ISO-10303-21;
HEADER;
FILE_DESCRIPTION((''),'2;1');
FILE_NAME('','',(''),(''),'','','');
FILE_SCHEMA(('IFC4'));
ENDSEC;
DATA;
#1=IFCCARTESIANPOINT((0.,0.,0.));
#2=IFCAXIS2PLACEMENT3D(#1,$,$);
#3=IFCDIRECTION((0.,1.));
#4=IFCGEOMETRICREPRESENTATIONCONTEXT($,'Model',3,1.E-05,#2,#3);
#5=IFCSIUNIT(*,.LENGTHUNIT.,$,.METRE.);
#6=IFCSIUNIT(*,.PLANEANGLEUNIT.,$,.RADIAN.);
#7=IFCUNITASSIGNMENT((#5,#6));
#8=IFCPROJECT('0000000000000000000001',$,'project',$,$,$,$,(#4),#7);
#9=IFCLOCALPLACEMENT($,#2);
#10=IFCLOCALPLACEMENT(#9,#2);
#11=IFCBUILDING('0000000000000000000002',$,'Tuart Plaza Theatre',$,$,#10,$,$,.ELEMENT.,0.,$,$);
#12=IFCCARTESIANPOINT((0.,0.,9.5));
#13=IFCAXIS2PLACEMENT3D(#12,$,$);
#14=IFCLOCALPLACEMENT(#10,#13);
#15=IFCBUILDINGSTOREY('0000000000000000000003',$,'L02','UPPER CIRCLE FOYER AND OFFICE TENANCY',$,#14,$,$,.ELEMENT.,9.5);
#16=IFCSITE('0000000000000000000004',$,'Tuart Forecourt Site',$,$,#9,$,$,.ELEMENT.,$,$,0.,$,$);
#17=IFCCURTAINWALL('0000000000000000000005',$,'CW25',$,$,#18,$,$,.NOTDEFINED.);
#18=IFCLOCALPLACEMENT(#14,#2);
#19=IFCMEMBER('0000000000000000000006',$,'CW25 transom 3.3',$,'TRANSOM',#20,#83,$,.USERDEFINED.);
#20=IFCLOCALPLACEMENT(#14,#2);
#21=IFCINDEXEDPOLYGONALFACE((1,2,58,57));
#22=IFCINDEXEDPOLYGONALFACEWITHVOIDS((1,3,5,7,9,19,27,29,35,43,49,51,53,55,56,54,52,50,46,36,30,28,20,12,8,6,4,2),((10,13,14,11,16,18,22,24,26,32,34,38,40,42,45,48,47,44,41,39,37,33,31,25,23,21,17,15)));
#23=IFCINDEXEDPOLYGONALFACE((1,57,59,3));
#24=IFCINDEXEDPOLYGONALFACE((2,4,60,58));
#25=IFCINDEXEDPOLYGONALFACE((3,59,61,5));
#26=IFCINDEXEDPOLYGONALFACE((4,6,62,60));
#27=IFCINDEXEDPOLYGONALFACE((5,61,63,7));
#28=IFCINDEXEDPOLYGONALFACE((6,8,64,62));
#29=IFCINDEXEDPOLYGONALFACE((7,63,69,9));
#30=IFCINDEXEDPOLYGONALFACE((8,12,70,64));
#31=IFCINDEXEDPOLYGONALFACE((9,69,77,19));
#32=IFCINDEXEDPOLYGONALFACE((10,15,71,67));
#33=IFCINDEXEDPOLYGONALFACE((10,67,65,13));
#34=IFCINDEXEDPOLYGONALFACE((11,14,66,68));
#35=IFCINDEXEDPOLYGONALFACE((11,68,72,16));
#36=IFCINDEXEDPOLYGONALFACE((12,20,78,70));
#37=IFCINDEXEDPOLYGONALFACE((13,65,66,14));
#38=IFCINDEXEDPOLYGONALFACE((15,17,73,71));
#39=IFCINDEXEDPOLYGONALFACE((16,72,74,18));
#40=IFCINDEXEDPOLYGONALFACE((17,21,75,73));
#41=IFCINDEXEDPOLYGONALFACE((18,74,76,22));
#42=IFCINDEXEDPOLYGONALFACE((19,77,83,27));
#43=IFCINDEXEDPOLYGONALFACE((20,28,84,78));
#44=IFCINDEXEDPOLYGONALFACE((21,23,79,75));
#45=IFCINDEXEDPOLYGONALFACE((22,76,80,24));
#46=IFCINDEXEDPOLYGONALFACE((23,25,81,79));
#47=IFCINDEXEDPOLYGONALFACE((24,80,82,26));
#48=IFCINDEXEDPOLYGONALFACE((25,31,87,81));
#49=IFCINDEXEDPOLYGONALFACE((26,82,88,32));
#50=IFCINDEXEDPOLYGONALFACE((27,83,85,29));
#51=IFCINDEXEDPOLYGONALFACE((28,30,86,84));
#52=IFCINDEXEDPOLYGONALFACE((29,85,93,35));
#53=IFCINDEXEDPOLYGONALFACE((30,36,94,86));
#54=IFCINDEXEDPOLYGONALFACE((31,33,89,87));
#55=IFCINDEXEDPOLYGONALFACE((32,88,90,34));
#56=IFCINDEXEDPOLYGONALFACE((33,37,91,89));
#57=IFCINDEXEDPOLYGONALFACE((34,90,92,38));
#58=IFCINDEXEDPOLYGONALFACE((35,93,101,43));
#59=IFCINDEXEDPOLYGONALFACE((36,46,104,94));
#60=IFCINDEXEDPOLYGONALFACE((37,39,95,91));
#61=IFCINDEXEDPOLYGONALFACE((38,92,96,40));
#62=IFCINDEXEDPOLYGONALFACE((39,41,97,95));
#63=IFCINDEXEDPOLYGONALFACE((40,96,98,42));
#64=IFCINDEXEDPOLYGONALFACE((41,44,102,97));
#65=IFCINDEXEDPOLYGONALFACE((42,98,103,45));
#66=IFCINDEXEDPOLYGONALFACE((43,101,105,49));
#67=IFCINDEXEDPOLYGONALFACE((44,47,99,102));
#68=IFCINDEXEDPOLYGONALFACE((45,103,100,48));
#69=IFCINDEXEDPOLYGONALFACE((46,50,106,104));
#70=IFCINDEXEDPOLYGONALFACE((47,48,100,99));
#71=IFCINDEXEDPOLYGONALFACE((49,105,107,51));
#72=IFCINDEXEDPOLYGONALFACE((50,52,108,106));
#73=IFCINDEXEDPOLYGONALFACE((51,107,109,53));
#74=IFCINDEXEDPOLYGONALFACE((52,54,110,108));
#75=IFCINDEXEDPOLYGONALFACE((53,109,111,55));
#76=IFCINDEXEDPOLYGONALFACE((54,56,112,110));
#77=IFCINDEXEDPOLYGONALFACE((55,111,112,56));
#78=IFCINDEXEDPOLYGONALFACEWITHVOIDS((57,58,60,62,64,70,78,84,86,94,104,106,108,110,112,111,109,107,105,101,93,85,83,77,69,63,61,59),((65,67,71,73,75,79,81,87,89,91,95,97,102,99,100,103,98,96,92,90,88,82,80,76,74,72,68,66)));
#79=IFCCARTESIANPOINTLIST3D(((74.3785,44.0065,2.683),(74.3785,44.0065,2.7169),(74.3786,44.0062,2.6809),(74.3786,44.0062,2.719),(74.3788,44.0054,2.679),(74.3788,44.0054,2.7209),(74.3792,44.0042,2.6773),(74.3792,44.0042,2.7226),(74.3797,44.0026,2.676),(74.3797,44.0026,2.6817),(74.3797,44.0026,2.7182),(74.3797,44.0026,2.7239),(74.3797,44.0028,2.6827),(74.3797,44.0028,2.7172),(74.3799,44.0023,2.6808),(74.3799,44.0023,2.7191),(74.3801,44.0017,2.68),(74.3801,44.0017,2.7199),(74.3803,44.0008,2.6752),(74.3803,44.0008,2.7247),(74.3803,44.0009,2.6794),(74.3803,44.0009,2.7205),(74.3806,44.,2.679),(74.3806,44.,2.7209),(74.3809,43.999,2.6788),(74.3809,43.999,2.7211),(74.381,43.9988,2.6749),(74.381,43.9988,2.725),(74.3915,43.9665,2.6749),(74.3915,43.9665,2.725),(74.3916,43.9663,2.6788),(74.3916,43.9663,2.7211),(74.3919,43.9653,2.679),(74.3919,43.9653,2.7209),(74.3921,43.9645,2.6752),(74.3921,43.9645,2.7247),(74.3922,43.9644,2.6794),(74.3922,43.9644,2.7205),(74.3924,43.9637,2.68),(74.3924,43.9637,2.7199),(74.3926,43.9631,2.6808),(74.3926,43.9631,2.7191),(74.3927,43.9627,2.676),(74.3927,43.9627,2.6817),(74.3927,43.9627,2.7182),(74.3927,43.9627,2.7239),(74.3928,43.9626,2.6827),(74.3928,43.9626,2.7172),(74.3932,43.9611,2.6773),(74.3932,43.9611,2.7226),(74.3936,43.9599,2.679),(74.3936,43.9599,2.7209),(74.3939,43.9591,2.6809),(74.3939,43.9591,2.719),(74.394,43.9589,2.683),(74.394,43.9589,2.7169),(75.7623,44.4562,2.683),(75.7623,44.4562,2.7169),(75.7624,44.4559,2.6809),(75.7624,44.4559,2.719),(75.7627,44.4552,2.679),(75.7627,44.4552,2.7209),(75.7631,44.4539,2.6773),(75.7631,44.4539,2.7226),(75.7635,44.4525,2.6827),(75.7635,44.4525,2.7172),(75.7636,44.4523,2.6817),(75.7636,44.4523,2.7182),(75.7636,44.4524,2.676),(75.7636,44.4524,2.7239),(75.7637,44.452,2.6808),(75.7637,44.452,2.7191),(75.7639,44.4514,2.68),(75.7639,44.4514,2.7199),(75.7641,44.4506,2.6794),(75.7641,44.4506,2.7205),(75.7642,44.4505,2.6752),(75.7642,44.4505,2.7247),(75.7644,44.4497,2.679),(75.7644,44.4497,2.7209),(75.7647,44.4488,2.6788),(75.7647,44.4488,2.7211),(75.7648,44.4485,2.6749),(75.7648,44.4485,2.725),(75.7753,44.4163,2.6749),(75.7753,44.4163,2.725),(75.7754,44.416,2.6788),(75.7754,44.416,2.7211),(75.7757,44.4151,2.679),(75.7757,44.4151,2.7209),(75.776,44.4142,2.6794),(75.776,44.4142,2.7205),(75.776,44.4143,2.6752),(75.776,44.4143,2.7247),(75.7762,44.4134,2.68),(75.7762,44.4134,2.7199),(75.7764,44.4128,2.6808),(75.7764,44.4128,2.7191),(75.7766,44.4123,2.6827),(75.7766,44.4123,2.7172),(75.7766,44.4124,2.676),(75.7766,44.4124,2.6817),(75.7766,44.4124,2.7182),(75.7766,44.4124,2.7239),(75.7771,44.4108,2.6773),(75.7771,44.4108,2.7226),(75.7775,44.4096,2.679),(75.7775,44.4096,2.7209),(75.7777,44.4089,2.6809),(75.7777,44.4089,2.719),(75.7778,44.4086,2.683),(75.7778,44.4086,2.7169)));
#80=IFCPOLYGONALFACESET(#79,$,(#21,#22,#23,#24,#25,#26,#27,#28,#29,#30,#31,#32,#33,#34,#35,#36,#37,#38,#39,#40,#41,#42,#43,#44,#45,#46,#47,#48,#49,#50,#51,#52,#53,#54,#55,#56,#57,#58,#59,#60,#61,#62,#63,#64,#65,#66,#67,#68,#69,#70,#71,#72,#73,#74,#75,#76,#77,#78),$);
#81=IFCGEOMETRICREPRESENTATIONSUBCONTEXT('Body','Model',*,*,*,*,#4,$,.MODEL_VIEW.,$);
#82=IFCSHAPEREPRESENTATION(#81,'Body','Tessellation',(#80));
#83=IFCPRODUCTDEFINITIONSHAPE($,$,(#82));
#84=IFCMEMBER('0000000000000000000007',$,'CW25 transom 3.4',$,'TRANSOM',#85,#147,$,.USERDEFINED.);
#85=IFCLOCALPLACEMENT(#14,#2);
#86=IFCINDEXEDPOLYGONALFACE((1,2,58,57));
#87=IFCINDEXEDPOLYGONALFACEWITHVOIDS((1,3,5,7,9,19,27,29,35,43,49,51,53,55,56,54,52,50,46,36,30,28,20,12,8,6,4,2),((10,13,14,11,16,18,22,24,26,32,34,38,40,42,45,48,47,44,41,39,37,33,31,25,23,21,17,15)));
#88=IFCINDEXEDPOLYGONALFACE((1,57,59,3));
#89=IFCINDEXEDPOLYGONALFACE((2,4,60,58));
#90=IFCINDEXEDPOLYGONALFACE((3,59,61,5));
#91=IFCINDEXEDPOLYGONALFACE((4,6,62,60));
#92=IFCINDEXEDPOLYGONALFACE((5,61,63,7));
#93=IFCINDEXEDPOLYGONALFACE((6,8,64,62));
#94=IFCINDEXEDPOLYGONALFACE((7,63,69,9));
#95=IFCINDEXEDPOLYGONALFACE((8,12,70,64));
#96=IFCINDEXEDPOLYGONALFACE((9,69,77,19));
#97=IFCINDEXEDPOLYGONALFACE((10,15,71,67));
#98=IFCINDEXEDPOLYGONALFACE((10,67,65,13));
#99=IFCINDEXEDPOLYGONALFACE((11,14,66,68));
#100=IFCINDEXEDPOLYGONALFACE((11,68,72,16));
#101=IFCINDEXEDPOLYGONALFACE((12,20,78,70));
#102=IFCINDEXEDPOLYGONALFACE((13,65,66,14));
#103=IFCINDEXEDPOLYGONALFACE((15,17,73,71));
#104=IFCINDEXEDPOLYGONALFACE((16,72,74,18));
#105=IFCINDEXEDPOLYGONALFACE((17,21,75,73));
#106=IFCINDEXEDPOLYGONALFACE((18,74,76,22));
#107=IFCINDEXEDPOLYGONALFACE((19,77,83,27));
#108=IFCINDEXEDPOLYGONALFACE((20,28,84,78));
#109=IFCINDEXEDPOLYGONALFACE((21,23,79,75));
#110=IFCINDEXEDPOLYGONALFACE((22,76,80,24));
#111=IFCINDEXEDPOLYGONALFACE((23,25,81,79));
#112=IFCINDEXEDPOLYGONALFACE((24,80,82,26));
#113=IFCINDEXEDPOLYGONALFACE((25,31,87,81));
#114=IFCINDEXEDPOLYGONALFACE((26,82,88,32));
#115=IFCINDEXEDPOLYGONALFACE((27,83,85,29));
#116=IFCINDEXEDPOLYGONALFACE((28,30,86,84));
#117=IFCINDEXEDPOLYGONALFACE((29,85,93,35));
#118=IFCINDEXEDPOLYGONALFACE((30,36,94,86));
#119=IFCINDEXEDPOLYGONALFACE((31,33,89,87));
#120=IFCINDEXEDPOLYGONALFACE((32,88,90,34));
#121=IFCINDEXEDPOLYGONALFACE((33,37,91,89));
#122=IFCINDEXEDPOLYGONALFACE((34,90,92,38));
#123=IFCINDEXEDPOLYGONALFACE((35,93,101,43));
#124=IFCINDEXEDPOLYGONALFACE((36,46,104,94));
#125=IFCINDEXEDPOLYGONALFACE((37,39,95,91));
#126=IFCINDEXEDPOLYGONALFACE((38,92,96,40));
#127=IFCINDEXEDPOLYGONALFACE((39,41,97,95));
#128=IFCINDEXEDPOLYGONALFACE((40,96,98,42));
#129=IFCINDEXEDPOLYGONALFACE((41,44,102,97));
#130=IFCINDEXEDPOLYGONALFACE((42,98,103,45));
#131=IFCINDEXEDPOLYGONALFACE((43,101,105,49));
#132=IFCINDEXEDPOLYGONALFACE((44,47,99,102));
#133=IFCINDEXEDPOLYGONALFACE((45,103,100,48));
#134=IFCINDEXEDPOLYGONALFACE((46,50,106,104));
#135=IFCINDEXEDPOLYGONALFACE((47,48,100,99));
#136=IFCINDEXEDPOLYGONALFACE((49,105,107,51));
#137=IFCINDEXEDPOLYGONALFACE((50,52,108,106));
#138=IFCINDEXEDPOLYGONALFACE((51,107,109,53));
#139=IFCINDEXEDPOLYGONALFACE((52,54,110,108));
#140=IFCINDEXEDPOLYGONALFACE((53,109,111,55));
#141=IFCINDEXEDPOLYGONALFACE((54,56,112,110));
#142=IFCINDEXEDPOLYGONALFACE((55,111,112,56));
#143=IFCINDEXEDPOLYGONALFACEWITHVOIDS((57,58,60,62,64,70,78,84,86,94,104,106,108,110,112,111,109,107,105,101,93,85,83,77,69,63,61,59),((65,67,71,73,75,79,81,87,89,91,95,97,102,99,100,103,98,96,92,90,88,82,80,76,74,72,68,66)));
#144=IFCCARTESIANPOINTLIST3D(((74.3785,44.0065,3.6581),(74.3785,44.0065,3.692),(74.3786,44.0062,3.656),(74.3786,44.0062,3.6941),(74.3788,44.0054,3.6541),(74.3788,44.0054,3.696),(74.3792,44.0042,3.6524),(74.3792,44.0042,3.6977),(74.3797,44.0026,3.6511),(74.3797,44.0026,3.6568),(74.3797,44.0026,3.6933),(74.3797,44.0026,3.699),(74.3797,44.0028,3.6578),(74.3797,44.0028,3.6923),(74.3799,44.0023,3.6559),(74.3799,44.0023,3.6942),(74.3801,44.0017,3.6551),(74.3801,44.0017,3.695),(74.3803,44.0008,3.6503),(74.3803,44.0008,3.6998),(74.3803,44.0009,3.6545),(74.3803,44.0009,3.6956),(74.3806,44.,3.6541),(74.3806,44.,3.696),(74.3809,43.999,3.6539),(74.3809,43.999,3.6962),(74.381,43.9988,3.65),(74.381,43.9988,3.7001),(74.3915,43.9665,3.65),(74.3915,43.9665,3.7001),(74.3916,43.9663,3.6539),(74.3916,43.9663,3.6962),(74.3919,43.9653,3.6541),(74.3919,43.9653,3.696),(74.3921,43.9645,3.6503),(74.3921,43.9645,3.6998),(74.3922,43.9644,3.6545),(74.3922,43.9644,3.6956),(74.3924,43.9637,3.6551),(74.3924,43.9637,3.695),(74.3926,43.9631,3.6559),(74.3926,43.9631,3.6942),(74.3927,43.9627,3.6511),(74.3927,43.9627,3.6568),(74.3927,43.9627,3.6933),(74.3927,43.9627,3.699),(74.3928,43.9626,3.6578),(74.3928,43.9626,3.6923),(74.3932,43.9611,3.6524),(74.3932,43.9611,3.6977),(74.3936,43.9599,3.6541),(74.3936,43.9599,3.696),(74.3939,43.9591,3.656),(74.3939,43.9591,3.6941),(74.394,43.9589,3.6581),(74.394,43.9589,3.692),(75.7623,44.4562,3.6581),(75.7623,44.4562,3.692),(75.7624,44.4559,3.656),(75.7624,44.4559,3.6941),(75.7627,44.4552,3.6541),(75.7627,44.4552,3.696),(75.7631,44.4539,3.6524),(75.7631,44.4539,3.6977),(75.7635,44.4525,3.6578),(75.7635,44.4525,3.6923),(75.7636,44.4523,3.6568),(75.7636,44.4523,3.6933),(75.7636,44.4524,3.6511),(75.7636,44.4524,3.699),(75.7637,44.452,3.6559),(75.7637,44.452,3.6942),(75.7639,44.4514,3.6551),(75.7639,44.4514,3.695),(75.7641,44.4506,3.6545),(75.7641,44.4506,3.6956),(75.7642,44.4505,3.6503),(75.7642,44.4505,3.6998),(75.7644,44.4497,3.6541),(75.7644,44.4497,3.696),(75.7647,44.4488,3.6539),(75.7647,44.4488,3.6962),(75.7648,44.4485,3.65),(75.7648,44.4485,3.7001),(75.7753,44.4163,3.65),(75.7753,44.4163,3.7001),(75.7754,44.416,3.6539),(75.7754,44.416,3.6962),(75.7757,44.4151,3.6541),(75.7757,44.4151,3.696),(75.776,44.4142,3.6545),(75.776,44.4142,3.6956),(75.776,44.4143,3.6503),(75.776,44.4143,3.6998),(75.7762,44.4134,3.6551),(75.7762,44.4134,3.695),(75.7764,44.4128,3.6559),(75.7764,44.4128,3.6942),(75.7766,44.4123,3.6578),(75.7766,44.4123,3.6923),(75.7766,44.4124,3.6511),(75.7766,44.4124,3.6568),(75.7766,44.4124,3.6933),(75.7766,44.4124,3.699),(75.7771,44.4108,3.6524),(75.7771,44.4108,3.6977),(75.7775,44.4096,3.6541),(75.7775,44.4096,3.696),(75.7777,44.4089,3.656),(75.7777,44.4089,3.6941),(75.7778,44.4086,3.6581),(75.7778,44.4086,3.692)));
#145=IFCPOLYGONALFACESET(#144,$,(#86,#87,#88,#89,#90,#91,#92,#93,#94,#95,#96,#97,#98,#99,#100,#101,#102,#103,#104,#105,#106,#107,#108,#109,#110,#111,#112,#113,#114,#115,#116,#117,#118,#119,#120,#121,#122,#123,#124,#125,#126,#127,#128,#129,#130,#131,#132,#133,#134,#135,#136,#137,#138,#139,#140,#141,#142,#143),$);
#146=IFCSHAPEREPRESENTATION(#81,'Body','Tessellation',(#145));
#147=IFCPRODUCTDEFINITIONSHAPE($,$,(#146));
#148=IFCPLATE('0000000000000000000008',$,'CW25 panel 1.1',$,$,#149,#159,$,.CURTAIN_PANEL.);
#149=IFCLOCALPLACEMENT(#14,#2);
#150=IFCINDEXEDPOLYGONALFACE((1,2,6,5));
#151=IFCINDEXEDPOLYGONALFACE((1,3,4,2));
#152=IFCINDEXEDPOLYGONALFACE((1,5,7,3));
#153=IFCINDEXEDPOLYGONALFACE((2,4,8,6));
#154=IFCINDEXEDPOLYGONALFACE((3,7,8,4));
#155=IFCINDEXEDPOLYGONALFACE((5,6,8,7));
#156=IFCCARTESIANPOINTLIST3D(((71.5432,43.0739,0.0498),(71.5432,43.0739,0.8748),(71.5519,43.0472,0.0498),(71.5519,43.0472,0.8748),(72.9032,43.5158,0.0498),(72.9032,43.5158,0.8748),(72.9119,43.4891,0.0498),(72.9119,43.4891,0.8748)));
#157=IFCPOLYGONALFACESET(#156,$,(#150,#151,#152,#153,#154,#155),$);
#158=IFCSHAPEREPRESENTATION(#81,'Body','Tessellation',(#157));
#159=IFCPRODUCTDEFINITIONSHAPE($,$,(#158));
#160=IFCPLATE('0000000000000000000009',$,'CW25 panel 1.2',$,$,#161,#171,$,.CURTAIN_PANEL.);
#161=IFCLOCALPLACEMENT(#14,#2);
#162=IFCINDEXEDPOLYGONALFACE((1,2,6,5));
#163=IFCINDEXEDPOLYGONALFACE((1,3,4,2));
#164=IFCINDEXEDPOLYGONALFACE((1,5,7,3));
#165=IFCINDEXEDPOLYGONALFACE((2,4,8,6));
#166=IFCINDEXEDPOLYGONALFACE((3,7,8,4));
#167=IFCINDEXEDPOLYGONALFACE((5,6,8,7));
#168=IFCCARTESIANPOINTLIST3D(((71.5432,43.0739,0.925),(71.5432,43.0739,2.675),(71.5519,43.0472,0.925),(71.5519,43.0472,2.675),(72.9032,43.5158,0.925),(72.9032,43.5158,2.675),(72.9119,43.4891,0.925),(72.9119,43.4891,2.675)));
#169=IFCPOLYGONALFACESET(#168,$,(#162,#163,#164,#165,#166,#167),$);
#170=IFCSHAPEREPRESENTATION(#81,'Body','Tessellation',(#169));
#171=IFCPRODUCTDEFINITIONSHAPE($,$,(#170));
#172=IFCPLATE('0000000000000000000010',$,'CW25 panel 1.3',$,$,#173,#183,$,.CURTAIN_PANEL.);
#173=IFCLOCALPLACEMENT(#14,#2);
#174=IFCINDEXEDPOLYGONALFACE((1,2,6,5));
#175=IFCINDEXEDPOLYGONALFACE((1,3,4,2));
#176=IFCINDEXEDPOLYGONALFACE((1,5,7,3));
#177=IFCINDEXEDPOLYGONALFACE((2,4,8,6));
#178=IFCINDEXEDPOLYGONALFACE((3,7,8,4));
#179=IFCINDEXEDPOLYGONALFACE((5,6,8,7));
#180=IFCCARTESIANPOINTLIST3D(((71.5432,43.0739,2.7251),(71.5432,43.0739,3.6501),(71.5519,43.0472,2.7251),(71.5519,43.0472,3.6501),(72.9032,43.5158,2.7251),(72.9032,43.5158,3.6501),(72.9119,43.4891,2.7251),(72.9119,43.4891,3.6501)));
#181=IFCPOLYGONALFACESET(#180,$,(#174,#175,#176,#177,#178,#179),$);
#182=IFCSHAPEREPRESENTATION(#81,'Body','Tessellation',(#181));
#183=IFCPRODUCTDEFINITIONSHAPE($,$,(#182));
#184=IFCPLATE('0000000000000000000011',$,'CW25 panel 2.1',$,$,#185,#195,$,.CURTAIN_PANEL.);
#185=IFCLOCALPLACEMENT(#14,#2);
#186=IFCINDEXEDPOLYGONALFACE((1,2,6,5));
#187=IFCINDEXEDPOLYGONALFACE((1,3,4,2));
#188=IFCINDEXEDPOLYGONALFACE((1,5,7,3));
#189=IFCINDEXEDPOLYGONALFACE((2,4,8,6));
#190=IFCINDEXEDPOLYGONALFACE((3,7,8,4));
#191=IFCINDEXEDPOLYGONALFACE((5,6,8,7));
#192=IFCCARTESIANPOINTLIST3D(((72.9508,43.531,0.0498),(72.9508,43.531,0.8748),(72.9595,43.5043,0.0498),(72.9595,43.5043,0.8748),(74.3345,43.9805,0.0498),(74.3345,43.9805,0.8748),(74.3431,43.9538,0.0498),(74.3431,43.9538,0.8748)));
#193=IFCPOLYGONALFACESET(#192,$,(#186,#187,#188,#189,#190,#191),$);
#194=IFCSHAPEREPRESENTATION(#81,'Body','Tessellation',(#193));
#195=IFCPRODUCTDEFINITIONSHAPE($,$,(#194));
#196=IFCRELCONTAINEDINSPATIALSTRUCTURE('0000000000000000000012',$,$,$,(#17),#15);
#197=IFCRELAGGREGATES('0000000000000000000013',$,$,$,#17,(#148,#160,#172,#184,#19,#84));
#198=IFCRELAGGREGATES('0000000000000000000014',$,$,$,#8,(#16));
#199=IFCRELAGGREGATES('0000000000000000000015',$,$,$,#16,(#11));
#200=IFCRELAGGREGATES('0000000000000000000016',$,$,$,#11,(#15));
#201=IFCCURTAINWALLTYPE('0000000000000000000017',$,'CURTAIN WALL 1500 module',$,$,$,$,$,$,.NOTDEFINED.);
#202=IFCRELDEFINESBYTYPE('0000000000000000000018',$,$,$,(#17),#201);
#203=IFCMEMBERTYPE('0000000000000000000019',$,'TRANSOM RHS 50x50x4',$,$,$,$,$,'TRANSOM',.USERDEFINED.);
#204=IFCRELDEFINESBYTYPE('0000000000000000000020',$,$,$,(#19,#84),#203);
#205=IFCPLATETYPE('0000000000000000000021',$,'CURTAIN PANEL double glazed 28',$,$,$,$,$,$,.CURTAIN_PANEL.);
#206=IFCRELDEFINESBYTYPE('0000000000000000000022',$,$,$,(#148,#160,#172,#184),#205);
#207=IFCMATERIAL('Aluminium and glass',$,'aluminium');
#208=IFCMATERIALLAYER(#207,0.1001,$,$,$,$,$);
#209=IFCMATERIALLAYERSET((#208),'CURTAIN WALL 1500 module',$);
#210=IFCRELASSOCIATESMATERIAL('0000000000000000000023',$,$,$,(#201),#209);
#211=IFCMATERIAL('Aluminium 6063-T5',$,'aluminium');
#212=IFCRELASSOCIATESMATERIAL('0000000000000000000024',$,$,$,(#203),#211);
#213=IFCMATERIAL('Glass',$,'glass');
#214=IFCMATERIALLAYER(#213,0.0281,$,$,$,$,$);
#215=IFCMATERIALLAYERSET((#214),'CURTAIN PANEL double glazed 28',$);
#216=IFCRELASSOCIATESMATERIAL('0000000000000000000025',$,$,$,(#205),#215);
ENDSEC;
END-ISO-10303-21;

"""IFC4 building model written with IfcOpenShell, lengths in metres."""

from ifc_helpers import new_model, si_unit, direction, frame, origin, origin_2d, place, context, subcontext, project, spatial, rectangle, hollow_rectangle, extrude, material, layer, layer_set, material_profile, profile_set, type_object, element, aggregate, save


model = new_model("IFC4")

# Units and contexts
model_context = context("Model", 3, precision=1e-05, world=origin(), true_north=direction((0.0, 1.0)))
body_context = subcontext(model_context, "Body", "Model", "MODEL_VIEW")
ifc_project = project(units=[si_unit("LENGTHUNIT", "METRE"), si_unit("PLANEANGLEUNIT", "RADIAN")], contexts=[model_context])

# Site, building, storey
site_placement = place(None, origin())
site = spatial("IfcSite", under=ifc_project, at=site_placement, Name="Tuart Forecourt Site", CompositionType="ELEMENT", RefElevation=0.0)
building_placement = place(site_placement, origin())
building = spatial("IfcBuilding", under=site, at=building_placement, Name="Tuart Plaza Theatre", CompositionType="ELEMENT", ElevationOfRefHeight=0.0)
storey_placement = place(building_placement, frame((0.0, 0.0, 9.5)))
storey = spatial("IfcBuildingStorey", under=building, at=storey_placement, Name="L02", Description="UPPER CIRCLE FOYER AND OFFICE TENANCY", CompositionType="ELEMENT", Elevation=9.5)

# Curtain wall, members, plates
ifc_material_1 = material(Name="Aluminium and glass", Category="aluminium")
ifc_layer_1 = layer(ifc_material_1, 0.1001)
ifc_layer_set_1 = layer_set([ifc_layer_1], Name="CURTAIN WALL 1500 module")
curtain_wall_type = type_object("IfcCurtainWallType", Name="CURTAIN WALL 1500 module", PredefinedType="NOTDEFINED", material=ifc_layer_set_1)
curtain_wall_placement = place(storey_placement, origin())
curtain_wall = element("IfcCurtainWall", 1, at=curtain_wall_placement, inside=storey, type_object=curtain_wall_type, Name="CW25", PredefinedType="NOTDEFINED")
ifc_material_2 = material(Name="Aluminium 6063-T5", Category="aluminium")
ifc_material_profile_1 = material_profile(ifc_material_2, hollow_rectangle(XDim=0.05, YDim=0.05, WallThickness=0.0039, InnerFilletRadius=0.0039, OuterFilletRadius=0.0081, at=origin_2d()), Name="RHS 50x50x4")
ifc_profile_set_1 = profile_set([ifc_material_profile_1], Name="Aluminium 6063-T5")
member_type_1 = type_object("IfcMemberType", Name="TRANSOM RHS 50x50x4", ElementType="TRANSOM", PredefinedType="USERDEFINED", material=ifc_profile_set_1)
member_1_placement = place(storey_placement, frame((74.3862, 43.9827, 2.7), z_axis=(0.951039, 0.309071, 0.0), x_axis=(-0.309071, 0.951039, 0.0)))
member_1 = element("IfcMember", 2, at=member_1_placement, type_object=member_type_1, Name="CW25 transom 3.3", ObjectType="TRANSOM", PredefinedType="USERDEFINED", context=body_context, shape_type="SweptSolid", body=[
    extrude(hollow_rectangle(XDim=0.05, YDim=0.05, WallThickness=0.0039, InnerFilletRadius=0.0039, OuterFilletRadius=0.0081, at=origin_2d()), origin(), (0.0, 0.0, 1.0), 1.4551),
])
member_2_placement = place(storey_placement, frame((74.3862, 43.9827, 3.675), z_axis=(0.951039, 0.309071, 0.0), x_axis=(-0.309071, 0.951039, 0.0)))
member_2 = element("IfcMember", 3, at=member_2_placement, type_object=member_type_1, Name="CW25 transom 3.4", ObjectType="TRANSOM", PredefinedType="USERDEFINED", context=body_context, shape_type="SweptSolid", body=[
    extrude(hollow_rectangle(XDim=0.05, YDim=0.05, WallThickness=0.0039, InnerFilletRadius=0.0039, OuterFilletRadius=0.0081, at=origin_2d()), origin(), (0.0, 0.0, 1.0), 1.4551),
])
ifc_material_3 = material(Name="Glass", Category="glass")
ifc_layer_2 = layer(ifc_material_3, 0.0281)
ifc_layer_set_2 = layer_set([ifc_layer_2], Name="CURTAIN PANEL double glazed 28")
plate_type = type_object("IfcPlateType", Name="CURTAIN PANEL double glazed 28", PredefinedType="CURTAIN_PANEL", material=ifc_layer_set_2)
plate_1_placement = place(storey_placement, frame((72.2275, 43.2815, 0.0498), z_axis=(0.0, 0.0, 1.0), x_axis=(0.951067, 0.308986, 0.0)))
plate_1 = element("IfcPlate", 4, at=plate_1_placement, type_object=plate_type, Name="CW25 panel 1.1", PredefinedType="CURTAIN_PANEL", context=body_context, shape_type="SweptSolid", body=[
    extrude(rectangle(XDim=1.4299, YDim=0.0281, at=origin_2d()), origin(), (0.0, 0.0, 1.0), 0.825),
])
plate_2_placement = place(storey_placement, frame((72.2275, 43.2815, 0.925), z_axis=(0.0, 0.0, 1.0), x_axis=(0.951067, 0.308986, 0.0)))
plate_2 = element("IfcPlate", 5, at=plate_2_placement, type_object=plate_type, Name="CW25 panel 1.2", PredefinedType="CURTAIN_PANEL", context=body_context, shape_type="SweptSolid", body=[
    extrude(rectangle(XDim=1.4299, YDim=0.0281, at=origin_2d()), origin(), (0.0, 0.0, 1.0), 1.75),
])
plate_3_placement = place(storey_placement, frame((72.2275, 43.2815, 2.7251), z_axis=(0.0, 0.0, 1.0), x_axis=(0.951067, 0.308986, 0.0)))
plate_3 = element("IfcPlate", 6, at=plate_3_placement, type_object=plate_type, Name="CW25 panel 1.3", PredefinedType="CURTAIN_PANEL", context=body_context, shape_type="SweptSolid", body=[
    extrude(rectangle(XDim=1.4299, YDim=0.0281, at=origin_2d()), origin(), (0.0, 0.0, 1.0), 0.925),
])
plate_4_placement = place(storey_placement, frame((73.647, 43.7424, 0.0498), z_axis=(0.0, 0.0, 1.0), x_axis=(0.951067, 0.308986, 0.0)))
plate_4 = element("IfcPlate", 7, at=plate_4_placement, type_object=plate_type, Name="CW25 panel 2.1", PredefinedType="CURTAIN_PANEL", context=body_context, shape_type="SweptSolid", body=[
    extrude(rectangle(XDim=1.4548, YDim=0.0281, at=origin_2d()), origin(), (0.0, 0.0, 1.0), 0.825),
])
aggregate(curtain_wall, [plate_1, plate_2, plate_3, plate_4, member_1, member_2])

save(model, "model.ifc")
